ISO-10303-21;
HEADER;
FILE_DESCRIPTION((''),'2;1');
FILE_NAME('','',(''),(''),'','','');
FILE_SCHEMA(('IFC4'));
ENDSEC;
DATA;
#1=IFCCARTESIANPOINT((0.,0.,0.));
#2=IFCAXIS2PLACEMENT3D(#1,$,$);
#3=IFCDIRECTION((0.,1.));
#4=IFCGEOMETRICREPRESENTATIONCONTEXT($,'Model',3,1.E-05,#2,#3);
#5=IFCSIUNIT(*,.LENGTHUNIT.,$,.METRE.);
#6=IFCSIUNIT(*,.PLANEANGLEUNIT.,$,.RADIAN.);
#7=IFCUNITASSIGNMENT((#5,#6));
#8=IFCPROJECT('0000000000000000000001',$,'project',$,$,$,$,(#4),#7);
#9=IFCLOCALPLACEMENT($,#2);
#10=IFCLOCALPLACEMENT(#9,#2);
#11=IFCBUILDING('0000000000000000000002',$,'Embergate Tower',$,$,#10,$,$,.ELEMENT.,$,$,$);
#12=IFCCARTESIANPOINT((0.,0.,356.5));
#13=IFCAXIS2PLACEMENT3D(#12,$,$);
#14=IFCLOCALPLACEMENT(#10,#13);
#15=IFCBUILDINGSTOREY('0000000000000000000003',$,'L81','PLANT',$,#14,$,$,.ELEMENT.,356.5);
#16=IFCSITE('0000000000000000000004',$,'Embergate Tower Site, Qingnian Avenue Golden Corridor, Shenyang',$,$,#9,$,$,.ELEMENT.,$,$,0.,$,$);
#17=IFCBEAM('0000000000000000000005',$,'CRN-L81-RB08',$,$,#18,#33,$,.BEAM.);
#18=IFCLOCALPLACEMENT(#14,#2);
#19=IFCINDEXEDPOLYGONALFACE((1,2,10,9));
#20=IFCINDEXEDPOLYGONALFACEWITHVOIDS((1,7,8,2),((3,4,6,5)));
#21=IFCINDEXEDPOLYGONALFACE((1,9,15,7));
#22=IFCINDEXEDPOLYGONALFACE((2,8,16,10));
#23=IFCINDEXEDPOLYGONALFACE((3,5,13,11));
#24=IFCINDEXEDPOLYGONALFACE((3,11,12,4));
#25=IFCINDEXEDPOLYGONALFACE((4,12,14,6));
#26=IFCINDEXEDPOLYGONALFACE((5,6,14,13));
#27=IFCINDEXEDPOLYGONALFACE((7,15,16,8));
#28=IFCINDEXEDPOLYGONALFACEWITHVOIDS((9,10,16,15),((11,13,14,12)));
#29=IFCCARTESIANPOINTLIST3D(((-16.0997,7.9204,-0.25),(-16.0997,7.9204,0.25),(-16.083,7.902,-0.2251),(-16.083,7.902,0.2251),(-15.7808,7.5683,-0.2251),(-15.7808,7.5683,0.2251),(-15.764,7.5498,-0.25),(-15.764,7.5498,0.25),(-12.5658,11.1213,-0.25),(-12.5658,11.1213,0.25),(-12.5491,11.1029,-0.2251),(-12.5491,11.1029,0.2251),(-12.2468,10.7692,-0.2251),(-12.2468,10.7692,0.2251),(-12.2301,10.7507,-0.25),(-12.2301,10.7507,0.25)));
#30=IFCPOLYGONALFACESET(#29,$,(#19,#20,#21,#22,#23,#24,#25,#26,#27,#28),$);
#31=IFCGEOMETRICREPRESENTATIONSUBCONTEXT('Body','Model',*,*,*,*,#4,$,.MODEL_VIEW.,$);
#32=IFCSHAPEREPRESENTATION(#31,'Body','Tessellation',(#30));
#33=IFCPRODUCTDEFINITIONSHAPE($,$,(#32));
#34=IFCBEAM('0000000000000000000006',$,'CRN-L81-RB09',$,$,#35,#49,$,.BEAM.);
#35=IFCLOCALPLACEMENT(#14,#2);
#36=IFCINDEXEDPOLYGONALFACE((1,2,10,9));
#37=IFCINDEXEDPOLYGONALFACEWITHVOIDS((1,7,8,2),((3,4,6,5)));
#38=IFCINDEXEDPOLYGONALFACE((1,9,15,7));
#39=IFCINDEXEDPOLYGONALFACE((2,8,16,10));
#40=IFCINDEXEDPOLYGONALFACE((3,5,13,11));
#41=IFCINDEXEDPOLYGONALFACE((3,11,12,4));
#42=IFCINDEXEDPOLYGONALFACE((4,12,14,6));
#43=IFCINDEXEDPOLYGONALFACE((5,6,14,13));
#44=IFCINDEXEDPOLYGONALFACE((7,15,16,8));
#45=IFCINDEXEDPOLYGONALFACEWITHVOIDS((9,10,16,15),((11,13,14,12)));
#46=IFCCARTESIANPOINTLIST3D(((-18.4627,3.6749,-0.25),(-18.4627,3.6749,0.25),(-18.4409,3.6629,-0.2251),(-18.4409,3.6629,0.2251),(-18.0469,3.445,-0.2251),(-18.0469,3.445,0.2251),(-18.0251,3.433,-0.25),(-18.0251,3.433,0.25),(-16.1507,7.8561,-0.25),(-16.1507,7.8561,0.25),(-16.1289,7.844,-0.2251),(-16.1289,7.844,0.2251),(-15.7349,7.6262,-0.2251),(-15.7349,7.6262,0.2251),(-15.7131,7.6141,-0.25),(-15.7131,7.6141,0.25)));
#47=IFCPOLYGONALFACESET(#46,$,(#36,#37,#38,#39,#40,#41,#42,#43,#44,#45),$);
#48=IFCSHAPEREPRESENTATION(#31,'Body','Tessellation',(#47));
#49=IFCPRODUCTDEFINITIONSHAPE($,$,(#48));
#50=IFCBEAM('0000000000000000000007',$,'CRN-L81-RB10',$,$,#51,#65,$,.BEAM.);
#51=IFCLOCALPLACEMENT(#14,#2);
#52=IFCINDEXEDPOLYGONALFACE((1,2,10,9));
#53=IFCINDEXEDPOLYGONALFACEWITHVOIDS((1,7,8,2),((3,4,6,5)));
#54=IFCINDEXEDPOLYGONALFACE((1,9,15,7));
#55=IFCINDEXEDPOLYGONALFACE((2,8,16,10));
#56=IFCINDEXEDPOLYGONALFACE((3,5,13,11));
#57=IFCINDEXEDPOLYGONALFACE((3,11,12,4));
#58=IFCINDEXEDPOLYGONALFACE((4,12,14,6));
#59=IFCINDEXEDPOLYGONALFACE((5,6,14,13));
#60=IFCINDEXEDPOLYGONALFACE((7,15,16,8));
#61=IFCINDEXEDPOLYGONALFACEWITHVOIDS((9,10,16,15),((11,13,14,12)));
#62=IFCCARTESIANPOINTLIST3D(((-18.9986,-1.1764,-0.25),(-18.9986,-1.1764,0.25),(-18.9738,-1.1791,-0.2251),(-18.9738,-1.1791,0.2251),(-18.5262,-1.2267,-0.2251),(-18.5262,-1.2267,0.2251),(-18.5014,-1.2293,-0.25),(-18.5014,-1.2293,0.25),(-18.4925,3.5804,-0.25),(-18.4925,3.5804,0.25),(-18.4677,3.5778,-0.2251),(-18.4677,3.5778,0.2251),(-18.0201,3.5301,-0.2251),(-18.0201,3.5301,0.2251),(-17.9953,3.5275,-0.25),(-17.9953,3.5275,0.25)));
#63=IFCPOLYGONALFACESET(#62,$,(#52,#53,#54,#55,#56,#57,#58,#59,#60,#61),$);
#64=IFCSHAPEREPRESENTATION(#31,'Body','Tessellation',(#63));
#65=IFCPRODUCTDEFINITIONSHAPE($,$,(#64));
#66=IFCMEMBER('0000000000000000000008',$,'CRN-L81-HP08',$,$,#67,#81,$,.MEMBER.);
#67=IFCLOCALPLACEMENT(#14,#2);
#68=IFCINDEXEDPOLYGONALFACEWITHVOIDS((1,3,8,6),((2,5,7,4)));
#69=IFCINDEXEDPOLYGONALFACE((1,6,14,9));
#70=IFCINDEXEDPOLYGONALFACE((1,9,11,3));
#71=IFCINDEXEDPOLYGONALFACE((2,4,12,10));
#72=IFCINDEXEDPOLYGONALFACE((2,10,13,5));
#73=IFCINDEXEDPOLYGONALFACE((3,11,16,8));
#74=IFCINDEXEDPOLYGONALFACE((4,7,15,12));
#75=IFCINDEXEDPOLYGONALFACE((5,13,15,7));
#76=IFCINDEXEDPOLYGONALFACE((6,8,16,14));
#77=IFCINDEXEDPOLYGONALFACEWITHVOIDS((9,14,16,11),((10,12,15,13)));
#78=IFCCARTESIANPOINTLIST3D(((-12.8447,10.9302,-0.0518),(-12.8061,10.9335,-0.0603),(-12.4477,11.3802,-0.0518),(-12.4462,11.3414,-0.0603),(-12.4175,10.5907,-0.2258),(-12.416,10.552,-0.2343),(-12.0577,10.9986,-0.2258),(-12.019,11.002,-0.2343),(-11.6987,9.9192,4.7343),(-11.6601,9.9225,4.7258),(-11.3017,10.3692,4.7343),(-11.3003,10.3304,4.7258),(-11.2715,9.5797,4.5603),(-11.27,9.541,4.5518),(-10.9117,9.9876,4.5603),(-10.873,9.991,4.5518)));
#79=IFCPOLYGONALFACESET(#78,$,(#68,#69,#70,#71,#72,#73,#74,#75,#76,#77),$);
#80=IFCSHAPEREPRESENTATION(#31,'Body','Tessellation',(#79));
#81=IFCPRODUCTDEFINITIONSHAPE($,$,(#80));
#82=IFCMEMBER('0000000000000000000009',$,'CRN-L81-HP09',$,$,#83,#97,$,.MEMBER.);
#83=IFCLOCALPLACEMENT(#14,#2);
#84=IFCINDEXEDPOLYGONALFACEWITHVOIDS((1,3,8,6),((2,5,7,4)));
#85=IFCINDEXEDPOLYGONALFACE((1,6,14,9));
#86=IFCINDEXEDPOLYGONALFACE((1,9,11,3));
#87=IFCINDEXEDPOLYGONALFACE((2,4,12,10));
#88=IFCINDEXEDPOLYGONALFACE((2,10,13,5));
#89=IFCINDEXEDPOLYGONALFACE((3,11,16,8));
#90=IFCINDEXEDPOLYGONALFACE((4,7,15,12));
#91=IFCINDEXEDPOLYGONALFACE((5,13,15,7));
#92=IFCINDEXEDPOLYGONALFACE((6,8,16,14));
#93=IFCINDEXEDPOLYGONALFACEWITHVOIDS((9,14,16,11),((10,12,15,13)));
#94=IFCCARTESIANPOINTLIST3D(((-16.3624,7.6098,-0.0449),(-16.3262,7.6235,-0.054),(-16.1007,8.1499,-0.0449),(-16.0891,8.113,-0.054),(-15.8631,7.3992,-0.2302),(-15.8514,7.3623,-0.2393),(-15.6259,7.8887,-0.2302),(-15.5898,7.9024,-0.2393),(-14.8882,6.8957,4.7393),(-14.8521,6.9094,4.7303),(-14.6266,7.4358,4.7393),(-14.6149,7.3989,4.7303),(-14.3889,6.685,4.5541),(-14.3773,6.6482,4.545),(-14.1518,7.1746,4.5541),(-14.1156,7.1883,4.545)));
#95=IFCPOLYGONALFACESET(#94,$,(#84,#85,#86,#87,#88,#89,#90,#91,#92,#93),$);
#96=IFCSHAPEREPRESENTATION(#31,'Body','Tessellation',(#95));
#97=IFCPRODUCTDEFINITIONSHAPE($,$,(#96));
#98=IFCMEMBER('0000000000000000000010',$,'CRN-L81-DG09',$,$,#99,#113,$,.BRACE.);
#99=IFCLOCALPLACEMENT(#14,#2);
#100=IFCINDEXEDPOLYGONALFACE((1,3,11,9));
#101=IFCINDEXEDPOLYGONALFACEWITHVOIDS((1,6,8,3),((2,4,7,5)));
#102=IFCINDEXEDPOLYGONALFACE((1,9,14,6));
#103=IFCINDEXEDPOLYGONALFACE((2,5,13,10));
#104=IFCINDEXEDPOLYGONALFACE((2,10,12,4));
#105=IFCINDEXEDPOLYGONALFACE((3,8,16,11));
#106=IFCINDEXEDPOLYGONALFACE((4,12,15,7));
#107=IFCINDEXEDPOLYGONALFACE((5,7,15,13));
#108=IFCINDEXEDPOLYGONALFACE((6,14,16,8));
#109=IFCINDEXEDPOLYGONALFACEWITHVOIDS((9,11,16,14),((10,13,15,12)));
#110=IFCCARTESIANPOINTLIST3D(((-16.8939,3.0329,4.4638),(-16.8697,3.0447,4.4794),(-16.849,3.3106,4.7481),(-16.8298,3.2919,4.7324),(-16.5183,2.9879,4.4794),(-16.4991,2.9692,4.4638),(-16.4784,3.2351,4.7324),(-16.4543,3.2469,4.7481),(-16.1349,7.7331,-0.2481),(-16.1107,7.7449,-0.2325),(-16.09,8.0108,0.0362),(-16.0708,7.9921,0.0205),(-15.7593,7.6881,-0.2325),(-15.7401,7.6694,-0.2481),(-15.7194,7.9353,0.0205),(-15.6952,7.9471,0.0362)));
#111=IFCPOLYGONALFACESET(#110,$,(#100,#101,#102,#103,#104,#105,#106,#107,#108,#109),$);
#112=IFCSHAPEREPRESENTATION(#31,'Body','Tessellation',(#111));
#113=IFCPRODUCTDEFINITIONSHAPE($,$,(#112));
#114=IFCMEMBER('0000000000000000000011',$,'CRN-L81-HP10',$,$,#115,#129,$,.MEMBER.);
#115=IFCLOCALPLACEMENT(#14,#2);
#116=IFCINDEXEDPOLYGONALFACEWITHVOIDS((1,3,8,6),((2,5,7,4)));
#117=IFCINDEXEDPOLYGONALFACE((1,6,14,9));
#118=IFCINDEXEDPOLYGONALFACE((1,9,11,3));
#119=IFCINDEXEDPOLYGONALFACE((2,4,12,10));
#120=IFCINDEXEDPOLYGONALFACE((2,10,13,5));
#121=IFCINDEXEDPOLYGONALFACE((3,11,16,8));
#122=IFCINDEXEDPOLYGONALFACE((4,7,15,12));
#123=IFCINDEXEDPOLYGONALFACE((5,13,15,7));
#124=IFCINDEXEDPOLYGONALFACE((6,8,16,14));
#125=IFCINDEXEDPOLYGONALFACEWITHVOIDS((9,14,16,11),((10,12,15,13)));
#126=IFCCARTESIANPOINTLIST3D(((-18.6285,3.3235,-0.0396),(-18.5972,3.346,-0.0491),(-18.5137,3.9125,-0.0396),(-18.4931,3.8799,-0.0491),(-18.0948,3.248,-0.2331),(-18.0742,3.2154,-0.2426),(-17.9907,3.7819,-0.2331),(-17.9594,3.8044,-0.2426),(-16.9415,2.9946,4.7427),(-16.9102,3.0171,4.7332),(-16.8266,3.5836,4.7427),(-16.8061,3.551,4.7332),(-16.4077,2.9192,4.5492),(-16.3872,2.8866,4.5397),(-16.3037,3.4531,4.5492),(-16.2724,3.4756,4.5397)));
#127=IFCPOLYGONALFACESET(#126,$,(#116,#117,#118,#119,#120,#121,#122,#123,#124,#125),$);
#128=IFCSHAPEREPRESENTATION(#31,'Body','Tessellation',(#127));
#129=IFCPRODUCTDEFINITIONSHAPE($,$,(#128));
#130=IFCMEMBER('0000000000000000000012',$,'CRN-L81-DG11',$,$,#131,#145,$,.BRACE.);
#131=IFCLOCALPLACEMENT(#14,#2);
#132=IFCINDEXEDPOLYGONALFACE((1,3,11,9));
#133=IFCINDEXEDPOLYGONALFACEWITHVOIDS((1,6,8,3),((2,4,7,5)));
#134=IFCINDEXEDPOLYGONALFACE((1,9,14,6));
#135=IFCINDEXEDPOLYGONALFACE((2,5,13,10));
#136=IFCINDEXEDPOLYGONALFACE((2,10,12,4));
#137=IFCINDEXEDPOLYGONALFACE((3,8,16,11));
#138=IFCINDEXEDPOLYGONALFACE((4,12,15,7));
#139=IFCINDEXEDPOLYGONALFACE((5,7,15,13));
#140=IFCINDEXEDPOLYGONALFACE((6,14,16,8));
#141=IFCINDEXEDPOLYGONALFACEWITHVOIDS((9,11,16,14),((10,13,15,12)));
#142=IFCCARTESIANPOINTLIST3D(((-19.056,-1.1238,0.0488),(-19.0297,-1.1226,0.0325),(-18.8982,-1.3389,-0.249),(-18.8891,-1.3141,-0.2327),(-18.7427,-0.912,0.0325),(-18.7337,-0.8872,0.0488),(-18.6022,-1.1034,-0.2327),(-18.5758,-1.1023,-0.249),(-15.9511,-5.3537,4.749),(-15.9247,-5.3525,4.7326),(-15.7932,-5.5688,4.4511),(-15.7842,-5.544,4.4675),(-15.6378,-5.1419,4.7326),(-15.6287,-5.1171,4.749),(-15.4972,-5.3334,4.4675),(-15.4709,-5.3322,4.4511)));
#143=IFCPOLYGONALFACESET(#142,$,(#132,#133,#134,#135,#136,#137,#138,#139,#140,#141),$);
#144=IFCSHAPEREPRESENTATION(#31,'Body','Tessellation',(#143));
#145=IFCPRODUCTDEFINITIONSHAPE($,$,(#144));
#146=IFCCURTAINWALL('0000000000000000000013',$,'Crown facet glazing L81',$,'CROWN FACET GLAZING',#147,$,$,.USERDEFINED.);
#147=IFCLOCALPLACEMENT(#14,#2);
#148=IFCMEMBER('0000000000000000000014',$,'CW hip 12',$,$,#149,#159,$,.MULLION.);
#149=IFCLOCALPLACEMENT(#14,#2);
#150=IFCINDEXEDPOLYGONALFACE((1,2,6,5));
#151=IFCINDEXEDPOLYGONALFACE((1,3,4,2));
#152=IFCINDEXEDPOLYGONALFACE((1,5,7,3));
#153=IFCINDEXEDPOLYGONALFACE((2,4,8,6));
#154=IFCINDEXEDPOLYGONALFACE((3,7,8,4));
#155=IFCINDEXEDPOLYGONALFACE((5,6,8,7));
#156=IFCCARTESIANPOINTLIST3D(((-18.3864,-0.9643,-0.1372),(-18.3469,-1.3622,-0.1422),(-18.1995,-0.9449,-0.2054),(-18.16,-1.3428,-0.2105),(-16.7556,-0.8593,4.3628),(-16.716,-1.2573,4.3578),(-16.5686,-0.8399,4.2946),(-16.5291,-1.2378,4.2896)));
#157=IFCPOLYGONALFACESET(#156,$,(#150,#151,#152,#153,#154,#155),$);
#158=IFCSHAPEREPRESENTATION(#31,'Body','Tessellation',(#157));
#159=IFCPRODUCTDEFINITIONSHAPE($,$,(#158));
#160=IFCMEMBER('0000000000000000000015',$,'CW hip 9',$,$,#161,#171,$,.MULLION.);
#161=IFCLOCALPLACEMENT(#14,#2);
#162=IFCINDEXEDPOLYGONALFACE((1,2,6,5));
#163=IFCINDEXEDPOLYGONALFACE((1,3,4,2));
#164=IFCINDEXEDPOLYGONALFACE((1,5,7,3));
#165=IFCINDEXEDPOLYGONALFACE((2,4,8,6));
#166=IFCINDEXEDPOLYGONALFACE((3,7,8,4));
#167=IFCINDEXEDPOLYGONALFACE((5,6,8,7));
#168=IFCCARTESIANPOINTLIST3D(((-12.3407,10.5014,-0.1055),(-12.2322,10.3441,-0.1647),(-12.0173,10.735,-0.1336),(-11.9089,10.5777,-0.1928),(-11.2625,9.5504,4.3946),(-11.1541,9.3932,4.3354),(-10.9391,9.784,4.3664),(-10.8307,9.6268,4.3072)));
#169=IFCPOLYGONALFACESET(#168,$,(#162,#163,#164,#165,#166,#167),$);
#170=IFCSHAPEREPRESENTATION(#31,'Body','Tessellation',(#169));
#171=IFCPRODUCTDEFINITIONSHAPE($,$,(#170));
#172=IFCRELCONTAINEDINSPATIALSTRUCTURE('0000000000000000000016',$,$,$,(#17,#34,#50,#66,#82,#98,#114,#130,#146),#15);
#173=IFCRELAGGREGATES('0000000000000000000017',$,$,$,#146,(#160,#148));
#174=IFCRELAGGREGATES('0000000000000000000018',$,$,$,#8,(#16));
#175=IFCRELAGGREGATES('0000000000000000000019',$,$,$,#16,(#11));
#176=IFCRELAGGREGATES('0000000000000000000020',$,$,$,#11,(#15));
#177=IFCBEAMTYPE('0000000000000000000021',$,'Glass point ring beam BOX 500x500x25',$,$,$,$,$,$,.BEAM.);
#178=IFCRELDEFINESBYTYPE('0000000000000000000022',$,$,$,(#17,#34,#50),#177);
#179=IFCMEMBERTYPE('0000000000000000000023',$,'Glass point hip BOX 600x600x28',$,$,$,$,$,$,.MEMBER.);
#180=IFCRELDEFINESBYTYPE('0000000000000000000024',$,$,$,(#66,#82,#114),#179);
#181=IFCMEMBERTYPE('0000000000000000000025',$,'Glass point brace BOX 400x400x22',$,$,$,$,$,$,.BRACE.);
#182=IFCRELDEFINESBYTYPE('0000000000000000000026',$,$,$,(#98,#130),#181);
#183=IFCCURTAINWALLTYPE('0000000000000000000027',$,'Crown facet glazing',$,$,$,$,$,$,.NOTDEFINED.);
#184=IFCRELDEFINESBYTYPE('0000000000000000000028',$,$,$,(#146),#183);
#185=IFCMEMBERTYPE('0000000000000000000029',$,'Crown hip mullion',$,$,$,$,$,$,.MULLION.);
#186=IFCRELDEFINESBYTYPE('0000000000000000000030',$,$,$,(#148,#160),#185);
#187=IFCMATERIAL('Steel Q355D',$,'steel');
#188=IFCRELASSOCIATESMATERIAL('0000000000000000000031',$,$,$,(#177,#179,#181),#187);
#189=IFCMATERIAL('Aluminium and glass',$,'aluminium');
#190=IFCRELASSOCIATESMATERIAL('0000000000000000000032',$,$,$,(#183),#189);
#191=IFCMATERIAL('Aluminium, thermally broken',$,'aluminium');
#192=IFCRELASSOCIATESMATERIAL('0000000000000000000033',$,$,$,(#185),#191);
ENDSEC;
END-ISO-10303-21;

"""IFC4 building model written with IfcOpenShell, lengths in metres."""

from ifc_helpers import new_model, si_unit, direction, frame, origin, origin_2d, place, context, subcontext, project, spatial, rectangle, hollow_rectangle, extrude, source, transform, mapped, material, material_profile, profile_set, type_object, element, aggregate, save


model = new_model("IFC4")

# Units and contexts
model_context = context("Model", 3, precision=1e-05, world=origin(), true_north=direction((0.0, 1.0)))
body_context = subcontext(model_context, "Body", "Model", "MODEL_VIEW")
ifc_project = project(units=[si_unit("LENGTHUNIT", "METRE"), si_unit("PLANEANGLEUNIT", "RADIAN")], contexts=[model_context])

# Site, building, storey
site_placement = place(None, origin())
site = spatial("IfcSite", under=ifc_project, at=site_placement, Name="Embergate Tower Site, Qingnian Avenue Golden Corridor, Shenyang", CompositionType="ELEMENT", RefElevation=0.0)
building_placement = place(site_placement, origin())
building = spatial("IfcBuilding", under=site, at=building_placement, Name="Embergate Tower", CompositionType="ELEMENT")
storey_placement = place(building_placement, frame((0.0, 0.0, 356.5)))
storey = spatial("IfcBuildingStorey", under=building, at=storey_placement, Name="L81", Description="PLANT", CompositionType="ELEMENT", Elevation=356.5)

# Beams
ifc_material_1 = material(Name="Steel Q355D", Category="steel")
ifc_material_profile_1 = material_profile(ifc_material_1, hollow_rectangle(XDim=0.5, YDim=0.5, WallThickness=0.0249, at=origin_2d()), Name="BOX 500x500x25")
ifc_profile_set_1 = profile_set([ifc_material_profile_1], Name="Steel Q355 grade D")
beam_type = type_object("IfcBeamType", Name="Glass point ring beam BOX 500x500x25", PredefinedType="BEAM", material=ifc_profile_set_1)
shared_shape_1 = source(origin(), body_context, "Body", "SweptSolid", [
    extrude(hollow_rectangle(XDim=0.5, YDim=0.5, WallThickness=0.0249, at=origin_2d()), origin(), (0.0, 0.0, 1.0), 4.7681),
])
beam_1_placement = place(storey_placement, frame((-12.3979, 10.936, 0.0), z_axis=(-0.741164, -0.671323, 0.0), x_axis=(0.671323, -0.741164, 0.0)))
element("IfcBeam", 1, at=beam_1_placement, inside=storey, type_object=beam_type, Name="CRN-L81-RB08", PredefinedType="BEAM", context=body_context, shape_type="MappedRepresentation", body=[
    mapped(shared_shape_1, transform((0.0, 0.0, 0.0))),
])
shared_shape_2 = source(origin(), body_context, "Body", "SweptSolid", [
    extrude(hollow_rectangle(XDim=0.5, YDim=0.5, WallThickness=0.0249, at=origin_2d()), origin(), (0.0, 0.0, 1.0), 4.7778),
])
beam_2_placement = place(storey_placement, frame((-15.9319, 7.7351, 0.0), z_axis=(-0.483907, -0.87512, 0.0), x_axis=(0.87512, -0.483907, 0.0)))
element("IfcBeam", 2, at=beam_2_placement, inside=storey, type_object=beam_type, Name="CRN-L81-RB09", PredefinedType="BEAM", context=body_context, shape_type="MappedRepresentation", body=[
    mapped(shared_shape_2, transform((0.0, 0.0, 0.0))),
])
shared_shape_3 = source(origin(), body_context, "Body", "SweptSolid", [
    extrude(hollow_rectangle(XDim=0.5, YDim=0.5, WallThickness=0.0249, at=origin_2d()), origin(), (0.0, 0.0, 1.0), 4.7837),
])
beam_3_placement = place(storey_placement, frame((-18.2439, 3.554, 0.0), z_axis=(-0.105798, -0.994388, 0.0), x_axis=(0.994388, -0.105798, 0.0)))
element("IfcBeam", 3, at=beam_3_placement, inside=storey, type_object=beam_type, Name="CRN-L81-RB10", PredefinedType="BEAM", context=body_context, shape_type="MappedRepresentation", body=[
    mapped(shared_shape_3, transform((0.0, 0.0, 0.0))),
])

# Members
ifc_material_profile_2 = material_profile(ifc_material_1, hollow_rectangle(XDim=0.6001, YDim=0.6001, WallThickness=0.0281, at=origin_2d()), Name="BOX 600x600x28")
ifc_profile_set_2 = profile_set([ifc_material_profile_2], Name="Steel Q355 grade D")
member_type_1 = type_object("IfcMemberType", Name="Glass point hip BOX 600x600x28", PredefinedType="MEMBER", material=ifc_profile_set_2)
shared_shape_4 = source(origin(), body_context, "Body", "SweptSolid", [
    extrude(hollow_rectangle(XDim=0.6001, YDim=0.6001, WallThickness=0.0281, at=origin_2d()), origin(), (0.0, 0.0, 1.0), 5.0242),
])
member_1_placement = place(storey_placement, frame((-12.4319, 10.9661, -0.1431), z_axis=(0.228096, -0.201224, 0.952618), x_axis=(0.661553, 0.749898, 0.0)))
element("IfcMember", 4, at=member_1_placement, inside=storey, type_object=member_type_1, Name="CRN-L81-HP08", PredefinedType="MEMBER", context=body_context, shape_type="MappedRepresentation", body=[
    mapped(shared_shape_4, transform((0.0, 0.0, 0.0))),
])
shared_shape_5 = source(origin(), body_context, "Body", "SweptSolid", [
    extrude(hollow_rectangle(XDim=0.6001, YDim=0.6001, WallThickness=0.0281, at=origin_2d()), origin(), (0.0, 0.0, 1.0), 5.0569),
])
member_2_placement = place(storey_placement, frame((-15.9761, 7.7561, -0.1421), z_axis=(0.291512, -0.141218, 0.946086), x_axis=(0.43597, 0.899961, 0.0)))
element("IfcMember", 5, at=member_2_placement, inside=storey, type_object=member_type_1, Name="CRN-L81-HP09", PredefinedType="MEMBER", context=body_context, shape_type="MappedRepresentation", body=[
    mapped(shared_shape_5, transform((0.0, 0.0, 0.0))),
])
ifc_material_profile_3 = material_profile(ifc_material_1, hollow_rectangle(XDim=0.3999, YDim=0.3999, WallThickness=0.022, at=origin_2d()), Name="BOX 400x400x22")
ifc_profile_set_3 = profile_set([ifc_material_profile_3], Name="Steel Q355 grade D")
member_type_2 = type_object("IfcMemberType", Name="Glass point brace BOX 400x400x22", PredefinedType="BRACE", material=ifc_profile_set_3)
shared_shape_6 = source(origin(), body_context, "Body", "SweptSolid", [
    extrude(hollow_rectangle(XDim=0.3999, YDim=0.3999, WallThickness=0.022, at=origin_2d()), origin(), (0.0, 0.0, 1.0), 6.6985),
])
member_3_placement = place(storey_placement, frame((-15.915, 7.8401, -0.106), z_axis=(-0.113314, -0.701677, 0.703427), x_axis=(0.98721, -0.159424, 0.0)))
element("IfcMember", 6, at=member_3_placement, inside=storey, type_object=member_type_2, Name="CRN-L81-DG09", PredefinedType="BRACE", context=body_context, shape_type="MappedRepresentation", body=[
    mapped(shared_shape_6, transform((0.0, 0.0, 0.0))),
])
shared_shape_7 = source(origin(), body_context, "Body", "SweptSolid", [
    extrude(hollow_rectangle(XDim=0.6001, YDim=0.6001, WallThickness=0.0281, at=origin_2d()), origin(), (0.0, 0.0, 1.0), 5.0818),
])
member_4_placement = place(storey_placement, frame((-18.2939, 3.564, -0.1411), z_axis=(0.331977, -0.064714, 0.941065), x_axis=(0.191333, 0.981525, 0.0)))
element("IfcMember", 7, at=member_4_placement, inside=storey, type_object=member_type_1, Name="CRN-L81-HP10", PredefinedType="MEMBER", context=body_context, shape_type="MappedRepresentation", body=[
    mapped(shared_shape_7, transform((0.0, 0.0, 0.0))),
])
shared_shape_8 = source(origin(), body_context, "Body", "SweptSolid", [
    extrude(hollow_rectangle(XDim=0.3999, YDim=0.3999, WallThickness=0.022, at=origin_2d()), origin(), (0.0, 0.0, 1.0), 7.0444),
])
member_5_placement = place(storey_placement, frame((-18.8159, -1.113, -0.1001), z_axis=(0.440764, -0.600463, 0.667212), x_axis=(0.806133, 0.591735, 0.0)))
element("IfcMember", 8, at=member_5_placement, inside=storey, type_object=member_type_2, Name="CRN-L81-DG11", PredefinedType="BRACE", context=body_context, shape_type="MappedRepresentation", body=[
    mapped(shared_shape_8, transform((0.0, 0.0, 0.0))),
])

# Curtain wall, members
ifc_material_2 = material(Name="Aluminium and glass", Category="aluminium")
curtain_wall_type = type_object("IfcCurtainWallType", Name="Crown facet glazing", PredefinedType="NOTDEFINED", material=ifc_material_2)
curtain_wall_placement = place(storey_placement, origin())
curtain_wall = element("IfcCurtainWall", 9, at=curtain_wall_placement, inside=storey, type_object=curtain_wall_type, Name="Crown facet glazing L81", ObjectType="CROWN FACET GLAZING", PredefinedType="USERDEFINED")
ifc_material_3 = material(Name="Aluminium, thermally broken", Category="aluminium")
ifc_material_profile_4 = material_profile(ifc_material_3, rectangle(XDim=0.2, YDim=0.3999, at=origin_2d()), Name="AL 400x200")
ifc_profile_set_4 = profile_set([ifc_material_profile_4], Name="Aluminium, thermally broken")
member_type_3 = type_object("IfcMemberType", Name="Crown hip mullion", PredefinedType="MULLION", material=ifc_profile_set_4)
shared_shape_9 = source(origin(), body_context, "Body", "SweptSolid", [
    extrude(rectangle(XDim=0.2, YDim=0.3999, at=origin_2d()), origin(), (0.0, 0.0, 1.0), 4.7876),
])
member_6_placement = place(storey_placement, frame((-18.2732, -1.1536, -0.1738), z_axis=(0.340645, 0.021928, 0.939936), x_axis=(-0.934985, -0.097166, 0.341118)))
member_6 = element("IfcMember", 10, at=member_6_placement, type_object=member_type_3, Name="CW hip 12", PredefinedType="MULLION", context=body_context, shape_type="MappedRepresentation", body=[
    mapped(shared_shape_9, transform((0.0, 0.0, 0.0))),
])
shared_shape_10 = source(origin(), body_context, "Body", "SweptSolid", [
    extrude(rectangle(XDim=0.2, YDim=0.3999, at=origin_2d()), origin(), (0.0, 0.0, 1.0), 4.7241),
])
member_7_placement = place(storey_placement, frame((-12.1248, 10.5396, -0.1492), z_axis=(0.228221, -0.201295, 0.952573), x_axis=(-0.542215, 0.786348, 0.296075)))
member_7 = element("IfcMember", 11, at=member_7_placement, type_object=member_type_3, Name="CW hip 9", PredefinedType="MULLION", context=body_context, shape_type="MappedRepresentation", body=[
    mapped(shared_shape_10, transform((0.0, 0.0, 0.0))),
])
aggregate(curtain_wall, [member_7, member_6])

save(model, "model.ifc")
